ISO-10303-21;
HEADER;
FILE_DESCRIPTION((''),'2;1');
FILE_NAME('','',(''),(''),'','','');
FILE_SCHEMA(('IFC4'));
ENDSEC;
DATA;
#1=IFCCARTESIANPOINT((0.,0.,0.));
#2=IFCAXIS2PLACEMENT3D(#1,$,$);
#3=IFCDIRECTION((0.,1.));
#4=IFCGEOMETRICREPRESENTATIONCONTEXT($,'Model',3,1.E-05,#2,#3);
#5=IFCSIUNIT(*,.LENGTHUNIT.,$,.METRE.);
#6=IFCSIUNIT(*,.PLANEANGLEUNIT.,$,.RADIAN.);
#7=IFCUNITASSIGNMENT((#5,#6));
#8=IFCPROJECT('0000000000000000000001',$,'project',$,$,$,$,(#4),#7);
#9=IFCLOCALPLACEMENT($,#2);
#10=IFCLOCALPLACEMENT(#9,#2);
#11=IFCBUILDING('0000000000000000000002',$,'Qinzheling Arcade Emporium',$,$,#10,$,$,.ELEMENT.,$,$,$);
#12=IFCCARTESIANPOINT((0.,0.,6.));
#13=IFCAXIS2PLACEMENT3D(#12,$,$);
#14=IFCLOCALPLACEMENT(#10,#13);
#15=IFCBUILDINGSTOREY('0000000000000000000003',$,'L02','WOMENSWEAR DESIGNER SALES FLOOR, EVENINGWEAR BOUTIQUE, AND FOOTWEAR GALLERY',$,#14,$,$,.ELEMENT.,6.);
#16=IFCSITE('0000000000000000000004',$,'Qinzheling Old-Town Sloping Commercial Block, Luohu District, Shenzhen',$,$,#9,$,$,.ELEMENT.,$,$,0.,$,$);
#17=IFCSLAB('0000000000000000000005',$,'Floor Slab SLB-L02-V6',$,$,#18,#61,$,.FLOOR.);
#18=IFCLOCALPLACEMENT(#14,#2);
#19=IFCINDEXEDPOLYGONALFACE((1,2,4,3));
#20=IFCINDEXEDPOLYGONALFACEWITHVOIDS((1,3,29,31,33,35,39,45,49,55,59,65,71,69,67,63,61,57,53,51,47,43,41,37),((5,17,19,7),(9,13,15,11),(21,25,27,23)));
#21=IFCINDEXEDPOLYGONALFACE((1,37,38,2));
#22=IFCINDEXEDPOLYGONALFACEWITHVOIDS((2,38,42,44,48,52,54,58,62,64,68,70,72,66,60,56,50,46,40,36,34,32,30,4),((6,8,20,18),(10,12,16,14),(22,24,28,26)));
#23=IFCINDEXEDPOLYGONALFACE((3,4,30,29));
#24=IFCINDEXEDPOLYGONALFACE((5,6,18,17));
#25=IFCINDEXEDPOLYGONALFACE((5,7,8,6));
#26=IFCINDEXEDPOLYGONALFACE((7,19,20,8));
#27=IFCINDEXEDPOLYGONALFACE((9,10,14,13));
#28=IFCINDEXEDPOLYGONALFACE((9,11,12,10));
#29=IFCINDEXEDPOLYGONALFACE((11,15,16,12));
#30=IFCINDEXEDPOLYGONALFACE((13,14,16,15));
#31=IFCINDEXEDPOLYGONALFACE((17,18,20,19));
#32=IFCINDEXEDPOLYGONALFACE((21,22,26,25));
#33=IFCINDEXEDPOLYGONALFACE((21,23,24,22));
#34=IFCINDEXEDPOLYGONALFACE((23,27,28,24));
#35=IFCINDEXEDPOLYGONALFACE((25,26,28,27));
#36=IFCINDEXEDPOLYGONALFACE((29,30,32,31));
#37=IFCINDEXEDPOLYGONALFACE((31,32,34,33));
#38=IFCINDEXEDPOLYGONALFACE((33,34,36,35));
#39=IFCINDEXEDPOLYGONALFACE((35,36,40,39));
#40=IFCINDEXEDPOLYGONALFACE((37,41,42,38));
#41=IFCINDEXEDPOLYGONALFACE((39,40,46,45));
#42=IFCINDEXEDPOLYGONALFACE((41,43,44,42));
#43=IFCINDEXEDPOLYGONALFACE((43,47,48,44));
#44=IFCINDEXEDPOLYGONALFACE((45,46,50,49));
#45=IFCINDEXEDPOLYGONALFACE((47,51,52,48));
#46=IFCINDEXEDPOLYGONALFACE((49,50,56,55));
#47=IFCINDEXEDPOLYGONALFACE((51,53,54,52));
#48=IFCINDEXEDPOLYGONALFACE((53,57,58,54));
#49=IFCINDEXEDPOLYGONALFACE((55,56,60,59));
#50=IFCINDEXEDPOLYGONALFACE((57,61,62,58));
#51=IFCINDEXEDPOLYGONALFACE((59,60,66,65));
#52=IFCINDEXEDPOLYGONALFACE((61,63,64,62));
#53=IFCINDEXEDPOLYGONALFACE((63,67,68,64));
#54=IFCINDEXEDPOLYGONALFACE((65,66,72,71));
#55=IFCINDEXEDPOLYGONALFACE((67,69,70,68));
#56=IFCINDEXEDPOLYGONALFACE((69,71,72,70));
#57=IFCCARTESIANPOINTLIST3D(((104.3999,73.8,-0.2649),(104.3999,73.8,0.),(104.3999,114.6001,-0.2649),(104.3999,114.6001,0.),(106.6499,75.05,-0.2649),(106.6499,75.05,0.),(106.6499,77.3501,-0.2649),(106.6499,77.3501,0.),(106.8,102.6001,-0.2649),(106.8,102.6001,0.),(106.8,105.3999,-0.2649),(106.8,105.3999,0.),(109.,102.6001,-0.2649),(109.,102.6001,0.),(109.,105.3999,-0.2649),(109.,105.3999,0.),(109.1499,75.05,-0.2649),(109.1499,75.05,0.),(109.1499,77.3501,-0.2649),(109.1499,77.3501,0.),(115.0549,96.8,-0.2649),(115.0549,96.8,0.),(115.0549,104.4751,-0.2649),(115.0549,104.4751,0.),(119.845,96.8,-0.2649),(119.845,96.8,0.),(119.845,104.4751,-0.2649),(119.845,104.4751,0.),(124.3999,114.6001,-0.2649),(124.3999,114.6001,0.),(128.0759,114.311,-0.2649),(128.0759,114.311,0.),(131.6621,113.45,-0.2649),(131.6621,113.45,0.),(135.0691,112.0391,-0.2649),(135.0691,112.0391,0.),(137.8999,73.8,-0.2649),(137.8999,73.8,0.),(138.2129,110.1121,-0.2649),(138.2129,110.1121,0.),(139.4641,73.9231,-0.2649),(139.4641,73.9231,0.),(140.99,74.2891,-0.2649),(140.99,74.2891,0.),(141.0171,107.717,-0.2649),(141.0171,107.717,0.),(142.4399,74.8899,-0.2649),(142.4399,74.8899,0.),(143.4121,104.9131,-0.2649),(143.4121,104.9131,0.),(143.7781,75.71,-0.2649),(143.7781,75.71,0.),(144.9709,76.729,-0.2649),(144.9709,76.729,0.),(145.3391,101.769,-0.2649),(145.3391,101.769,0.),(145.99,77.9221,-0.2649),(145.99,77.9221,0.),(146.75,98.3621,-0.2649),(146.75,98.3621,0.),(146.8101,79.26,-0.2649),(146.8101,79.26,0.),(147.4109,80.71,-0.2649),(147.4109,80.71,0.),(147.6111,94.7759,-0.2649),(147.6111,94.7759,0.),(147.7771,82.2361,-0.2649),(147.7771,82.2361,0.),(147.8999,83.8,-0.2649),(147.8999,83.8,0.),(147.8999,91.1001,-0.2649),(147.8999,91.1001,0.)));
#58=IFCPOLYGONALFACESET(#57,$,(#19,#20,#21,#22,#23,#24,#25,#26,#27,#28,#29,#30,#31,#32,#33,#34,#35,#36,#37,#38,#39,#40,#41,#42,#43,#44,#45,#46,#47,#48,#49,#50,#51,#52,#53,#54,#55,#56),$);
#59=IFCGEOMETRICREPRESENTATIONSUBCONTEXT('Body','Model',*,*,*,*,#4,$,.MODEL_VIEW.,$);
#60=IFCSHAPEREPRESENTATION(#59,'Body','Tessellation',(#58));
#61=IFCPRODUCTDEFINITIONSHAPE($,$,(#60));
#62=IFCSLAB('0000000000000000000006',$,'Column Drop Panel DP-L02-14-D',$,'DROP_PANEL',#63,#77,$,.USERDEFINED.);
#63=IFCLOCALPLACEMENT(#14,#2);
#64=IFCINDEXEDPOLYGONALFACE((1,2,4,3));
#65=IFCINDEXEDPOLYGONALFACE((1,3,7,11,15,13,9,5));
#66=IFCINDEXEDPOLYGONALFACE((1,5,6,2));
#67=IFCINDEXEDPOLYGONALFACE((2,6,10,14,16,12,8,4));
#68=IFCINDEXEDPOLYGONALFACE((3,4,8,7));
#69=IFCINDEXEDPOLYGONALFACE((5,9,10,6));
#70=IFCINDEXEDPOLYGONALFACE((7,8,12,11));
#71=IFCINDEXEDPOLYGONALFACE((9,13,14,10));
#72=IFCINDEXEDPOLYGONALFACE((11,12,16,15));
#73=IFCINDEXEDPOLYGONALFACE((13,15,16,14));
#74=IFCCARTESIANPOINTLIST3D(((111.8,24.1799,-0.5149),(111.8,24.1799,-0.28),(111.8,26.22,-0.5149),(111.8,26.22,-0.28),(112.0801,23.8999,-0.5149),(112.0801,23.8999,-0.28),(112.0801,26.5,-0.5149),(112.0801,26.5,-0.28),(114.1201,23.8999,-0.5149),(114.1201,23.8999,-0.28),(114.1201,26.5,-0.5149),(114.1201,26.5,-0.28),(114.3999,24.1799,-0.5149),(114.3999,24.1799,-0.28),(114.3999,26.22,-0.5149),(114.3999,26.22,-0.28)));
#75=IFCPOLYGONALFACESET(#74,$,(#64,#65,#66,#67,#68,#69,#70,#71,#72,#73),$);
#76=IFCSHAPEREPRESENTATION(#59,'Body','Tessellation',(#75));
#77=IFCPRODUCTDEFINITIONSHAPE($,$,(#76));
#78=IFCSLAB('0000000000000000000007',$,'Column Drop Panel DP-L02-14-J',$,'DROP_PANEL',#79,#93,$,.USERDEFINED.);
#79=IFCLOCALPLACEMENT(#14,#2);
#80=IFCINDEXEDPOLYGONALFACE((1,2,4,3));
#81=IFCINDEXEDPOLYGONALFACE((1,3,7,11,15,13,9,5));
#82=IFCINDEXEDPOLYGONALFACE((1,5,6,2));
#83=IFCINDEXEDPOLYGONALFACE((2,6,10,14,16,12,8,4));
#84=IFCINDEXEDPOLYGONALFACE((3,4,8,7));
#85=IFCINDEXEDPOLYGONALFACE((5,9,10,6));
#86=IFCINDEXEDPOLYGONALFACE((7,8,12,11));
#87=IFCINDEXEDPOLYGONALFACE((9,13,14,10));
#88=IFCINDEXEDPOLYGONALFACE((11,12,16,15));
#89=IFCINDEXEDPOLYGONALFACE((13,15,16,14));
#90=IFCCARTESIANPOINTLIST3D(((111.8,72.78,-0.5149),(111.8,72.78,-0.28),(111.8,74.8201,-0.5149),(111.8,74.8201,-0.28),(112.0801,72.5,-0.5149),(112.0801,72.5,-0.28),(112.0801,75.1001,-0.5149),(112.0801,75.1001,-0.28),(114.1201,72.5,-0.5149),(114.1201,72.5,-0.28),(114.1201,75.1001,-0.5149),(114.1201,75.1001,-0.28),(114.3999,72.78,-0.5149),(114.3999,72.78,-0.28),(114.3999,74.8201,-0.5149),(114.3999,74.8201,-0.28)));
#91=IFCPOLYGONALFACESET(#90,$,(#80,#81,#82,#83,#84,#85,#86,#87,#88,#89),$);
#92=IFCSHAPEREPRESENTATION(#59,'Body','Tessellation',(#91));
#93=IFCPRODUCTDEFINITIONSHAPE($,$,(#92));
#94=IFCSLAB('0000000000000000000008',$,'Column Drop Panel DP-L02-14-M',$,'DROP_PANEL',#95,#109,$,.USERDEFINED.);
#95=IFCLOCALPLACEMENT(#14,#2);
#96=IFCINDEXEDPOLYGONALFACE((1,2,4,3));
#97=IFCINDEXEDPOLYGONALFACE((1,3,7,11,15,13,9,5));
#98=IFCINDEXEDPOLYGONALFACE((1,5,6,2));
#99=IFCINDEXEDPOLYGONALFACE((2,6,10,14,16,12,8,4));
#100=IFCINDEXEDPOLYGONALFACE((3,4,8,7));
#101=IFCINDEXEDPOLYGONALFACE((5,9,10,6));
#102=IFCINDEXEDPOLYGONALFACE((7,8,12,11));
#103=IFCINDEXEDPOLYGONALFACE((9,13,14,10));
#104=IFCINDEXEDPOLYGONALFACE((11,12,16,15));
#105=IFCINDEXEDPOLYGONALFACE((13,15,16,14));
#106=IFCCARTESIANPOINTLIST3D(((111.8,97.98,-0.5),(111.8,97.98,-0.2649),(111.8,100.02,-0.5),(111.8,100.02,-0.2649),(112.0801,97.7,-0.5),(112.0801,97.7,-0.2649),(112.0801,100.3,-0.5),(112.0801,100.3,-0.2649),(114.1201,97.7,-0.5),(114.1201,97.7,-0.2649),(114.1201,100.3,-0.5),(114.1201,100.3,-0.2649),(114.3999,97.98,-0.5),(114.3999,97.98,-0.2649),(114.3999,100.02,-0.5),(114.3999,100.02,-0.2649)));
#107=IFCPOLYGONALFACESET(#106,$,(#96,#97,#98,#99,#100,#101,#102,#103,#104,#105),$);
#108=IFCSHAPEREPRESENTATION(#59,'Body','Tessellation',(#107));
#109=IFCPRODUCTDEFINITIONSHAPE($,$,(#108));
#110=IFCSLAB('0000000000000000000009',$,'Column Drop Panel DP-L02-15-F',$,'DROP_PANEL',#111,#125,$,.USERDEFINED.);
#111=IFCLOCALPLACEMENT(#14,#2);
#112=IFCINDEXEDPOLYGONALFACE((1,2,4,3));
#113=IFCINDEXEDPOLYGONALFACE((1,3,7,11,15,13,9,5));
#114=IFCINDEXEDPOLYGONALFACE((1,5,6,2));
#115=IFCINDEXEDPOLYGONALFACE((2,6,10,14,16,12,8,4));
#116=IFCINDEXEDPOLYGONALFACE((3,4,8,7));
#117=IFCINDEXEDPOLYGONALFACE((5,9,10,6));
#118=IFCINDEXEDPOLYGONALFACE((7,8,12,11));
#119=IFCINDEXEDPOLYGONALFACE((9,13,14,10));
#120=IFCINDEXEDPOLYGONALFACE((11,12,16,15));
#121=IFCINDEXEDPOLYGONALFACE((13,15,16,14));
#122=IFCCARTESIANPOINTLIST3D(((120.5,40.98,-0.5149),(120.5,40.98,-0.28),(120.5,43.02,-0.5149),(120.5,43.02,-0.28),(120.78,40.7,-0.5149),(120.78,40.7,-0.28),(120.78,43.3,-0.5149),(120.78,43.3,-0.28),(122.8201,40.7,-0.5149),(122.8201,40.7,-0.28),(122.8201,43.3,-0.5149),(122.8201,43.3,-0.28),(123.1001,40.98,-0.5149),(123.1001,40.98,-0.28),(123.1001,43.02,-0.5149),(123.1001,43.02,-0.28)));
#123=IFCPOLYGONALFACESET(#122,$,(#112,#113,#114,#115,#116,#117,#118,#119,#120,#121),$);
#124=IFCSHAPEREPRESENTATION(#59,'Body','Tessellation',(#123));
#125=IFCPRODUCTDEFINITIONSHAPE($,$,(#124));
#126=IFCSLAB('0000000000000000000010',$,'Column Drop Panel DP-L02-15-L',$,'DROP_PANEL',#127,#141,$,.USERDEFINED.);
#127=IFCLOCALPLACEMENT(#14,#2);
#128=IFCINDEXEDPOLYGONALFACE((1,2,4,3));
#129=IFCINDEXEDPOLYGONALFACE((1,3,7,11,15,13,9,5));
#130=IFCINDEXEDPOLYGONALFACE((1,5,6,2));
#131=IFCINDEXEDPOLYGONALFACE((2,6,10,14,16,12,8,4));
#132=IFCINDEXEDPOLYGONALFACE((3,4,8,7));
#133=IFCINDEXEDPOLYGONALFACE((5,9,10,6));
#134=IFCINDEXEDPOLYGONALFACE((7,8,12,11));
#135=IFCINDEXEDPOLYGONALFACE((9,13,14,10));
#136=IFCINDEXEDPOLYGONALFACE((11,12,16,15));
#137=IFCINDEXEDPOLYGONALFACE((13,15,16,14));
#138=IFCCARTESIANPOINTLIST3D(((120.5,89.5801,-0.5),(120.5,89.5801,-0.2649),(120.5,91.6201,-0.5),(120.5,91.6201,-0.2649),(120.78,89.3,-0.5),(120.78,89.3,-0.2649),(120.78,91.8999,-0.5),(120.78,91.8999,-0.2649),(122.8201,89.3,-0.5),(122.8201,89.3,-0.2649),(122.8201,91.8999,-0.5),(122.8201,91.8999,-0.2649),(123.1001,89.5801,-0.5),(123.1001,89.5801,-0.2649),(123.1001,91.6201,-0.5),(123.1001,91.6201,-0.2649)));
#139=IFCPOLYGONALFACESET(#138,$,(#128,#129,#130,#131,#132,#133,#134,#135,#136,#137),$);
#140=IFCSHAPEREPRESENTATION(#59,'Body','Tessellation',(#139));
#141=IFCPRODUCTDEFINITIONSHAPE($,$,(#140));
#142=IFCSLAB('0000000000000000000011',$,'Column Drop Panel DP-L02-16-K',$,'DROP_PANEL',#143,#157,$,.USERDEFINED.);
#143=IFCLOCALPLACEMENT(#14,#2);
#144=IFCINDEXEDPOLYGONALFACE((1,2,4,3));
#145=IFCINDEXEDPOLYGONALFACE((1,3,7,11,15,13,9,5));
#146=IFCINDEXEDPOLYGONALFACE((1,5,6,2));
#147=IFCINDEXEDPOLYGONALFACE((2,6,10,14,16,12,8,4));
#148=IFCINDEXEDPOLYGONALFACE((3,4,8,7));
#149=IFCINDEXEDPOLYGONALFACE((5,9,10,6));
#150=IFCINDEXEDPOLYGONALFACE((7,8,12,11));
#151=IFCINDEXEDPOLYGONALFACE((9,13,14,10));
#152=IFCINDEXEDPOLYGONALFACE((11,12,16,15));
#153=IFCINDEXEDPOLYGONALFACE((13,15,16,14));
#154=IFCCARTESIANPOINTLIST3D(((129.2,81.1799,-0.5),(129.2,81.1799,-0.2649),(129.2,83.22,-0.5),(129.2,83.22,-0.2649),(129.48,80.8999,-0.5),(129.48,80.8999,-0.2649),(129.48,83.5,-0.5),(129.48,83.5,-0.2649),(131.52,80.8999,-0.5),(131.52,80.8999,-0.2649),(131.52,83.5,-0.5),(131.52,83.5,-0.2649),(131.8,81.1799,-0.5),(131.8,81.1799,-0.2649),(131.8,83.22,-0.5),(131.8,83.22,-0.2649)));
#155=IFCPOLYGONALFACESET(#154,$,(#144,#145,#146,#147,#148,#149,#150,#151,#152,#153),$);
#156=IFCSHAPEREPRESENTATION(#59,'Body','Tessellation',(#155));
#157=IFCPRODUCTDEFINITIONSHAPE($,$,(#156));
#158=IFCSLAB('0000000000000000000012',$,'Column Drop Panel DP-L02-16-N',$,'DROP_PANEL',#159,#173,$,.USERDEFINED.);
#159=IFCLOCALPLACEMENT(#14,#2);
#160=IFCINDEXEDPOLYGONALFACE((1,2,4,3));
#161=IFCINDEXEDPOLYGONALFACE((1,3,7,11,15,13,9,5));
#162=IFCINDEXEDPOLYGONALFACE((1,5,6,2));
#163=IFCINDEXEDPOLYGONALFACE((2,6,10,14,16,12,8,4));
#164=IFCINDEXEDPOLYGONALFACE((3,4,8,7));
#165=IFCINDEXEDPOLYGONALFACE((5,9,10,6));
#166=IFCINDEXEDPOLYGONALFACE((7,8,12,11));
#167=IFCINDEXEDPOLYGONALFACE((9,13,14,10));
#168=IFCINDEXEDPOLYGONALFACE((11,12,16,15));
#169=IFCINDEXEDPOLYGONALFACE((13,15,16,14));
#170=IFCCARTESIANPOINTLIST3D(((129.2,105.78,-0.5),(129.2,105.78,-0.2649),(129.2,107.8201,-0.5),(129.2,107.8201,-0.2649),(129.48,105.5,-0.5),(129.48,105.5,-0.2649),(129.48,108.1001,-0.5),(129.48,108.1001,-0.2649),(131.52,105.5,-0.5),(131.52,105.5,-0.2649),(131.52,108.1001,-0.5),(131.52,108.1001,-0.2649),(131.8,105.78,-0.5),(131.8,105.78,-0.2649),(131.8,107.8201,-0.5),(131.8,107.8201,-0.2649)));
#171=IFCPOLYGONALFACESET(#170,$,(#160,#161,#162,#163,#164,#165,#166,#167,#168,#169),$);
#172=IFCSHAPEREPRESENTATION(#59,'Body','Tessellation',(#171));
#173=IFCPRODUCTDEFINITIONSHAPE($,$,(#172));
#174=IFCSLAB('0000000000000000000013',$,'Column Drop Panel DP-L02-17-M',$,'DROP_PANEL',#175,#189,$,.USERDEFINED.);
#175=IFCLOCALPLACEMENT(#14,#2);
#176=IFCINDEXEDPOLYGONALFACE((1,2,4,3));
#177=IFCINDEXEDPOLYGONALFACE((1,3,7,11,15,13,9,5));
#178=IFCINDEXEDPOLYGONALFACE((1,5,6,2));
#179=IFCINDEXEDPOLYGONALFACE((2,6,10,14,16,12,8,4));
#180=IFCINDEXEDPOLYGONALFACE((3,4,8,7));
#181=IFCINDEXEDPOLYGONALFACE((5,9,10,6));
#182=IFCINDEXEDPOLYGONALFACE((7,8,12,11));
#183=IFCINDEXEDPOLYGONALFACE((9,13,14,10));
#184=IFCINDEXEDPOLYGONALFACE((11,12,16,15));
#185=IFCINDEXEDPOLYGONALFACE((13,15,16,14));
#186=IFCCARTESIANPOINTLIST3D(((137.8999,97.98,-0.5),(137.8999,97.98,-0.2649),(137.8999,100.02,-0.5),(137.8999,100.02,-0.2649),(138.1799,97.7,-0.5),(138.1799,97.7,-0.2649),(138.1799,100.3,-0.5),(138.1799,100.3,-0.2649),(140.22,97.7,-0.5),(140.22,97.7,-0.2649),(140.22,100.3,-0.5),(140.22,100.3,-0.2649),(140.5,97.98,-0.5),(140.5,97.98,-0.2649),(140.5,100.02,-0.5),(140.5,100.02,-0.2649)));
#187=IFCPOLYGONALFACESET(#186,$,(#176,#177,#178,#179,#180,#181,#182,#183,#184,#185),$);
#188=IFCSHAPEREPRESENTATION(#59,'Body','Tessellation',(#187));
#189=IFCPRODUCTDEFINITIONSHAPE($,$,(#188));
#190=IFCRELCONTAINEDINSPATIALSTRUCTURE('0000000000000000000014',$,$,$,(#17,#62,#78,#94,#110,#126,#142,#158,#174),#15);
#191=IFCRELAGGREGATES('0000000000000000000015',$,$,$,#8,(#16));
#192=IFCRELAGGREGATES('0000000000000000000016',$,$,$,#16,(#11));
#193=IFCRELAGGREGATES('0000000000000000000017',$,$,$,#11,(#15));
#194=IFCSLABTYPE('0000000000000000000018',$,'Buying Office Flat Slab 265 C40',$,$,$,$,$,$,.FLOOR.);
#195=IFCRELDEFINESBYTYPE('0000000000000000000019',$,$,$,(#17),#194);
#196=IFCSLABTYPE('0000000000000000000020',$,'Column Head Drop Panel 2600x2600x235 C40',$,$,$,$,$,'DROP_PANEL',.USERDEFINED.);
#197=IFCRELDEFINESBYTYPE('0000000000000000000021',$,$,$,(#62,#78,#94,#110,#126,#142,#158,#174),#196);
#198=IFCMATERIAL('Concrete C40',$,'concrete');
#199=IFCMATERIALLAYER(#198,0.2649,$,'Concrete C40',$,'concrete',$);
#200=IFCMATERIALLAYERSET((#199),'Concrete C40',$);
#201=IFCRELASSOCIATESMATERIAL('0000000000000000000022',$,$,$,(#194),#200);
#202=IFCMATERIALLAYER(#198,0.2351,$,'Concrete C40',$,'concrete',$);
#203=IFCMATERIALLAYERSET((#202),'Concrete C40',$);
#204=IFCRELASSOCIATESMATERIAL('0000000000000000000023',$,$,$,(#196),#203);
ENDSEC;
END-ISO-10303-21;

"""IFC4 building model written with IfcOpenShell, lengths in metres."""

from ifc_helpers import new_model, si_unit, direction, frame, origin, place, context, subcontext, project, spatial, polyline, outline, extrude, material, layer, layer_set, type_object, element, save


model = new_model("IFC4")

# Units and contexts
model_context = context("Model", 3, precision=1e-05, world=origin(), true_north=direction((0.0, 1.0)))
body_context = subcontext(model_context, "Body", "Model", "MODEL_VIEW")
ifc_project = project(units=[si_unit("LENGTHUNIT", "METRE"), si_unit("PLANEANGLEUNIT", "RADIAN")], contexts=[model_context])

# Site, building, storey
site_placement = place(None, origin())
site = spatial("IfcSite", under=ifc_project, at=site_placement, Name="Qinzheling Old-Town Sloping Commercial Block, Luohu District, Shenzhen", CompositionType="ELEMENT", RefElevation=0.0)
building_placement = place(site_placement, origin())
building = spatial("IfcBuilding", under=site, at=building_placement, Name="Qinzheling Arcade Emporium", CompositionType="ELEMENT")
storey_placement = place(building_placement, frame((0.0, 0.0, 6.0)))
storey = spatial("IfcBuildingStorey", under=building, at=storey_placement, Name="L02", Description="WOMENSWEAR DESIGNER SALES FLOOR, EVENINGWEAR BOUTIQUE, AND FOOTWEAR GALLERY", CompositionType="ELEMENT", Elevation=6.0)

# Slabs
ifc_material = material(Name="Concrete C40", Category="concrete")
ifc_layer_1 = layer(ifc_material, 0.2649, Name="Concrete C40", Category="concrete")
ifc_layer_set_1 = layer_set([ifc_layer_1], Name="Concrete C40")
slab_type_1 = type_object("IfcSlabType", Name="Buying Office Flat Slab 265 C40", PredefinedType="FLOOR", material=ifc_layer_set_1)
slab_1_placement = place(storey_placement, frame((0.0, 0.0, -0.2649)))
element("IfcSlab", 1, at=slab_1_placement, inside=storey, type_object=slab_type_1, Name="Floor Slab SLB-L02-V6", PredefinedType="FLOOR", context=body_context, shape_type="SweptSolid", body=[
    extrude(outline(polyline([(104.3999, 114.6001), (104.3999, 73.8), (137.8999, 73.8), (139.4641, 73.9231), (140.99, 74.2891), (142.4399, 74.8899), (143.7781, 75.71), (144.9709, 76.729), (145.99, 77.9221), (146.8101, 79.26), (147.4109, 80.71), (147.7771, 82.2361), (147.8999, 83.8), (147.8999, 91.1001), (147.6111, 94.7759), (146.75, 98.3621), (145.3391, 101.769), (143.4121, 104.9131), (141.0171, 107.717), (138.2129, 110.1121), (135.0691, 112.0391), (131.6621, 113.45), (128.0759, 114.311), (124.3999, 114.6001), (104.3999, 114.6001)]), holes=[polyline([(115.0549, 96.8), (115.0549, 104.4751), (119.845, 104.4751), (119.845, 96.8), (115.0549, 96.8)]), polyline([(106.6499, 75.05), (106.6499, 77.3501), (109.1499, 77.3501), (109.1499, 75.05), (106.6499, 75.05)]), polyline([(106.8, 102.6001), (106.8, 105.3999), (109.0, 105.3999), (109.0, 102.6001), (106.8, 102.6001)])]), origin(), (0.0, 0.0, 1.0), 0.2649),
])
ifc_layer_2 = layer(ifc_material, 0.2351, Name="Concrete C40", Category="concrete")
ifc_layer_set_2 = layer_set([ifc_layer_2], Name="Concrete C40")
slab_type_2 = type_object("IfcSlabType", Name="Column Head Drop Panel 2600x2600x235 C40", ElementType="DROP_PANEL", PredefinedType="USERDEFINED", material=ifc_layer_set_2)
slab_2_placement = place(storey_placement, frame((0.0, 0.0, -0.5149)))
element("IfcSlab", 2, at=slab_2_placement, inside=storey, type_object=slab_type_2, Name="Column Drop Panel DP-L02-14-D", ObjectType="DROP_PANEL", PredefinedType="USERDEFINED", context=body_context, shape_type="SweptSolid", body=[
    extrude(outline(polyline([(112.0801, 23.8999), (114.1201, 23.8999), (114.3999, 24.1799), (114.3999, 26.22), (114.1201, 26.5), (112.0801, 26.5), (111.8, 26.22), (111.8, 24.1799), (112.0801, 23.8999)])), origin(), (0.0, 0.0, 1.0), 0.2349),
])
slab_3_placement = place(storey_placement, frame((0.0, 0.0, -0.5149)))
element("IfcSlab", 3, at=slab_3_placement, inside=storey, type_object=slab_type_2, Name="Column Drop Panel DP-L02-14-J", ObjectType="DROP_PANEL", PredefinedType="USERDEFINED", context=body_context, shape_type="SweptSolid", body=[
    extrude(outline(polyline([(112.0801, 72.5), (114.1201, 72.5), (114.3999, 72.78), (114.3999, 74.8201), (114.1201, 75.1001), (112.0801, 75.1001), (111.8, 74.8201), (111.8, 72.78), (112.0801, 72.5)])), origin(), (0.0, 0.0, 1.0), 0.2349),
])
slab_4_placement = place(storey_placement, frame((0.0, 0.0, -0.5)))
element("IfcSlab", 4, at=slab_4_placement, inside=storey, type_object=slab_type_2, Name="Column Drop Panel DP-L02-14-M", ObjectType="DROP_PANEL", PredefinedType="USERDEFINED", context=body_context, shape_type="SweptSolid", body=[
    extrude(outline(polyline([(112.0801, 97.7), (114.1201, 97.7), (114.3999, 97.98), (114.3999, 100.02), (114.1201, 100.3), (112.0801, 100.3), (111.8, 100.02), (111.8, 97.98), (112.0801, 97.7)])), origin(), (0.0, 0.0, 1.0), 0.2351),
])
slab_5_placement = place(storey_placement, frame((0.0, 0.0, -0.5149)))
element("IfcSlab", 5, at=slab_5_placement, inside=storey, type_object=slab_type_2, Name="Column Drop Panel DP-L02-15-F", ObjectType="DROP_PANEL", PredefinedType="USERDEFINED", context=body_context, shape_type="SweptSolid", body=[
    extrude(outline(polyline([(120.78, 40.7), (122.8201, 40.7), (123.1001, 40.98), (123.1001, 43.02), (122.8201, 43.3), (120.78, 43.3), (120.5, 43.02), (120.5, 40.98), (120.78, 40.7)])), origin(), (0.0, 0.0, 1.0), 0.2349),
])
slab_6_placement = place(storey_placement, frame((0.0, 0.0, -0.5)))
element("IfcSlab", 6, at=slab_6_placement, inside=storey, type_object=slab_type_2, Name="Column Drop Panel DP-L02-15-L", ObjectType="DROP_PANEL", PredefinedType="USERDEFINED", context=body_context, shape_type="SweptSolid", body=[
    extrude(outline(polyline([(120.78, 89.3), (122.8201, 89.3), (123.1001, 89.5801), (123.1001, 91.6201), (122.8201, 91.8999), (120.78, 91.8999), (120.5, 91.6201), (120.5, 89.5801), (120.78, 89.3)])), origin(), (0.0, 0.0, 1.0), 0.2351),
])
slab_7_placement = place(storey_placement, frame((0.0, 0.0, -0.5)))
element("IfcSlab", 7, at=slab_7_placement, inside=storey, type_object=slab_type_2, Name="Column Drop Panel DP-L02-16-K", ObjectType="DROP_PANEL", PredefinedType="USERDEFINED", context=body_context, shape_type="SweptSolid", body=[
    extrude(outline(polyline([(129.48, 80.8999), (131.52, 80.8999), (131.8, 81.1799), (131.8, 83.22), (131.52, 83.5), (129.48, 83.5), (129.2, 83.22), (129.2, 81.1799), (129.48, 80.8999)])), origin(), (0.0, 0.0, 1.0), 0.2351),
])
slab_8_placement = place(storey_placement, frame((0.0, 0.0, -0.5)))
element("IfcSlab", 8, at=slab_8_placement, inside=storey, type_object=slab_type_2, Name="Column Drop Panel DP-L02-16-N", ObjectType="DROP_PANEL", PredefinedType="USERDEFINED", context=body_context, shape_type="SweptSolid", body=[
    extrude(outline(polyline([(129.48, 105.5), (131.52, 105.5), (131.8, 105.78), (131.8, 107.8201), (131.52, 108.1001), (129.48, 108.1001), (129.2, 107.8201), (129.2, 105.78), (129.48, 105.5)])), origin(), (0.0, 0.0, 1.0), 0.2351),
])
slab_9_placement = place(storey_placement, frame((0.0, 0.0, -0.5)))
element("IfcSlab", 9, at=slab_9_placement, inside=storey, type_object=slab_type_2, Name="Column Drop Panel DP-L02-17-M", ObjectType="DROP_PANEL", PredefinedType="USERDEFINED", context=body_context, shape_type="SweptSolid", body=[
    extrude(outline(polyline([(138.1799, 97.7), (140.22, 97.7), (140.5, 97.98), (140.5, 100.02), (140.22, 100.3), (138.1799, 100.3), (137.8999, 100.02), (137.8999, 97.98), (138.1799, 97.7)])), origin(), (0.0, 0.0, 1.0), 0.2351),
])

save(model, "model.ifc")
